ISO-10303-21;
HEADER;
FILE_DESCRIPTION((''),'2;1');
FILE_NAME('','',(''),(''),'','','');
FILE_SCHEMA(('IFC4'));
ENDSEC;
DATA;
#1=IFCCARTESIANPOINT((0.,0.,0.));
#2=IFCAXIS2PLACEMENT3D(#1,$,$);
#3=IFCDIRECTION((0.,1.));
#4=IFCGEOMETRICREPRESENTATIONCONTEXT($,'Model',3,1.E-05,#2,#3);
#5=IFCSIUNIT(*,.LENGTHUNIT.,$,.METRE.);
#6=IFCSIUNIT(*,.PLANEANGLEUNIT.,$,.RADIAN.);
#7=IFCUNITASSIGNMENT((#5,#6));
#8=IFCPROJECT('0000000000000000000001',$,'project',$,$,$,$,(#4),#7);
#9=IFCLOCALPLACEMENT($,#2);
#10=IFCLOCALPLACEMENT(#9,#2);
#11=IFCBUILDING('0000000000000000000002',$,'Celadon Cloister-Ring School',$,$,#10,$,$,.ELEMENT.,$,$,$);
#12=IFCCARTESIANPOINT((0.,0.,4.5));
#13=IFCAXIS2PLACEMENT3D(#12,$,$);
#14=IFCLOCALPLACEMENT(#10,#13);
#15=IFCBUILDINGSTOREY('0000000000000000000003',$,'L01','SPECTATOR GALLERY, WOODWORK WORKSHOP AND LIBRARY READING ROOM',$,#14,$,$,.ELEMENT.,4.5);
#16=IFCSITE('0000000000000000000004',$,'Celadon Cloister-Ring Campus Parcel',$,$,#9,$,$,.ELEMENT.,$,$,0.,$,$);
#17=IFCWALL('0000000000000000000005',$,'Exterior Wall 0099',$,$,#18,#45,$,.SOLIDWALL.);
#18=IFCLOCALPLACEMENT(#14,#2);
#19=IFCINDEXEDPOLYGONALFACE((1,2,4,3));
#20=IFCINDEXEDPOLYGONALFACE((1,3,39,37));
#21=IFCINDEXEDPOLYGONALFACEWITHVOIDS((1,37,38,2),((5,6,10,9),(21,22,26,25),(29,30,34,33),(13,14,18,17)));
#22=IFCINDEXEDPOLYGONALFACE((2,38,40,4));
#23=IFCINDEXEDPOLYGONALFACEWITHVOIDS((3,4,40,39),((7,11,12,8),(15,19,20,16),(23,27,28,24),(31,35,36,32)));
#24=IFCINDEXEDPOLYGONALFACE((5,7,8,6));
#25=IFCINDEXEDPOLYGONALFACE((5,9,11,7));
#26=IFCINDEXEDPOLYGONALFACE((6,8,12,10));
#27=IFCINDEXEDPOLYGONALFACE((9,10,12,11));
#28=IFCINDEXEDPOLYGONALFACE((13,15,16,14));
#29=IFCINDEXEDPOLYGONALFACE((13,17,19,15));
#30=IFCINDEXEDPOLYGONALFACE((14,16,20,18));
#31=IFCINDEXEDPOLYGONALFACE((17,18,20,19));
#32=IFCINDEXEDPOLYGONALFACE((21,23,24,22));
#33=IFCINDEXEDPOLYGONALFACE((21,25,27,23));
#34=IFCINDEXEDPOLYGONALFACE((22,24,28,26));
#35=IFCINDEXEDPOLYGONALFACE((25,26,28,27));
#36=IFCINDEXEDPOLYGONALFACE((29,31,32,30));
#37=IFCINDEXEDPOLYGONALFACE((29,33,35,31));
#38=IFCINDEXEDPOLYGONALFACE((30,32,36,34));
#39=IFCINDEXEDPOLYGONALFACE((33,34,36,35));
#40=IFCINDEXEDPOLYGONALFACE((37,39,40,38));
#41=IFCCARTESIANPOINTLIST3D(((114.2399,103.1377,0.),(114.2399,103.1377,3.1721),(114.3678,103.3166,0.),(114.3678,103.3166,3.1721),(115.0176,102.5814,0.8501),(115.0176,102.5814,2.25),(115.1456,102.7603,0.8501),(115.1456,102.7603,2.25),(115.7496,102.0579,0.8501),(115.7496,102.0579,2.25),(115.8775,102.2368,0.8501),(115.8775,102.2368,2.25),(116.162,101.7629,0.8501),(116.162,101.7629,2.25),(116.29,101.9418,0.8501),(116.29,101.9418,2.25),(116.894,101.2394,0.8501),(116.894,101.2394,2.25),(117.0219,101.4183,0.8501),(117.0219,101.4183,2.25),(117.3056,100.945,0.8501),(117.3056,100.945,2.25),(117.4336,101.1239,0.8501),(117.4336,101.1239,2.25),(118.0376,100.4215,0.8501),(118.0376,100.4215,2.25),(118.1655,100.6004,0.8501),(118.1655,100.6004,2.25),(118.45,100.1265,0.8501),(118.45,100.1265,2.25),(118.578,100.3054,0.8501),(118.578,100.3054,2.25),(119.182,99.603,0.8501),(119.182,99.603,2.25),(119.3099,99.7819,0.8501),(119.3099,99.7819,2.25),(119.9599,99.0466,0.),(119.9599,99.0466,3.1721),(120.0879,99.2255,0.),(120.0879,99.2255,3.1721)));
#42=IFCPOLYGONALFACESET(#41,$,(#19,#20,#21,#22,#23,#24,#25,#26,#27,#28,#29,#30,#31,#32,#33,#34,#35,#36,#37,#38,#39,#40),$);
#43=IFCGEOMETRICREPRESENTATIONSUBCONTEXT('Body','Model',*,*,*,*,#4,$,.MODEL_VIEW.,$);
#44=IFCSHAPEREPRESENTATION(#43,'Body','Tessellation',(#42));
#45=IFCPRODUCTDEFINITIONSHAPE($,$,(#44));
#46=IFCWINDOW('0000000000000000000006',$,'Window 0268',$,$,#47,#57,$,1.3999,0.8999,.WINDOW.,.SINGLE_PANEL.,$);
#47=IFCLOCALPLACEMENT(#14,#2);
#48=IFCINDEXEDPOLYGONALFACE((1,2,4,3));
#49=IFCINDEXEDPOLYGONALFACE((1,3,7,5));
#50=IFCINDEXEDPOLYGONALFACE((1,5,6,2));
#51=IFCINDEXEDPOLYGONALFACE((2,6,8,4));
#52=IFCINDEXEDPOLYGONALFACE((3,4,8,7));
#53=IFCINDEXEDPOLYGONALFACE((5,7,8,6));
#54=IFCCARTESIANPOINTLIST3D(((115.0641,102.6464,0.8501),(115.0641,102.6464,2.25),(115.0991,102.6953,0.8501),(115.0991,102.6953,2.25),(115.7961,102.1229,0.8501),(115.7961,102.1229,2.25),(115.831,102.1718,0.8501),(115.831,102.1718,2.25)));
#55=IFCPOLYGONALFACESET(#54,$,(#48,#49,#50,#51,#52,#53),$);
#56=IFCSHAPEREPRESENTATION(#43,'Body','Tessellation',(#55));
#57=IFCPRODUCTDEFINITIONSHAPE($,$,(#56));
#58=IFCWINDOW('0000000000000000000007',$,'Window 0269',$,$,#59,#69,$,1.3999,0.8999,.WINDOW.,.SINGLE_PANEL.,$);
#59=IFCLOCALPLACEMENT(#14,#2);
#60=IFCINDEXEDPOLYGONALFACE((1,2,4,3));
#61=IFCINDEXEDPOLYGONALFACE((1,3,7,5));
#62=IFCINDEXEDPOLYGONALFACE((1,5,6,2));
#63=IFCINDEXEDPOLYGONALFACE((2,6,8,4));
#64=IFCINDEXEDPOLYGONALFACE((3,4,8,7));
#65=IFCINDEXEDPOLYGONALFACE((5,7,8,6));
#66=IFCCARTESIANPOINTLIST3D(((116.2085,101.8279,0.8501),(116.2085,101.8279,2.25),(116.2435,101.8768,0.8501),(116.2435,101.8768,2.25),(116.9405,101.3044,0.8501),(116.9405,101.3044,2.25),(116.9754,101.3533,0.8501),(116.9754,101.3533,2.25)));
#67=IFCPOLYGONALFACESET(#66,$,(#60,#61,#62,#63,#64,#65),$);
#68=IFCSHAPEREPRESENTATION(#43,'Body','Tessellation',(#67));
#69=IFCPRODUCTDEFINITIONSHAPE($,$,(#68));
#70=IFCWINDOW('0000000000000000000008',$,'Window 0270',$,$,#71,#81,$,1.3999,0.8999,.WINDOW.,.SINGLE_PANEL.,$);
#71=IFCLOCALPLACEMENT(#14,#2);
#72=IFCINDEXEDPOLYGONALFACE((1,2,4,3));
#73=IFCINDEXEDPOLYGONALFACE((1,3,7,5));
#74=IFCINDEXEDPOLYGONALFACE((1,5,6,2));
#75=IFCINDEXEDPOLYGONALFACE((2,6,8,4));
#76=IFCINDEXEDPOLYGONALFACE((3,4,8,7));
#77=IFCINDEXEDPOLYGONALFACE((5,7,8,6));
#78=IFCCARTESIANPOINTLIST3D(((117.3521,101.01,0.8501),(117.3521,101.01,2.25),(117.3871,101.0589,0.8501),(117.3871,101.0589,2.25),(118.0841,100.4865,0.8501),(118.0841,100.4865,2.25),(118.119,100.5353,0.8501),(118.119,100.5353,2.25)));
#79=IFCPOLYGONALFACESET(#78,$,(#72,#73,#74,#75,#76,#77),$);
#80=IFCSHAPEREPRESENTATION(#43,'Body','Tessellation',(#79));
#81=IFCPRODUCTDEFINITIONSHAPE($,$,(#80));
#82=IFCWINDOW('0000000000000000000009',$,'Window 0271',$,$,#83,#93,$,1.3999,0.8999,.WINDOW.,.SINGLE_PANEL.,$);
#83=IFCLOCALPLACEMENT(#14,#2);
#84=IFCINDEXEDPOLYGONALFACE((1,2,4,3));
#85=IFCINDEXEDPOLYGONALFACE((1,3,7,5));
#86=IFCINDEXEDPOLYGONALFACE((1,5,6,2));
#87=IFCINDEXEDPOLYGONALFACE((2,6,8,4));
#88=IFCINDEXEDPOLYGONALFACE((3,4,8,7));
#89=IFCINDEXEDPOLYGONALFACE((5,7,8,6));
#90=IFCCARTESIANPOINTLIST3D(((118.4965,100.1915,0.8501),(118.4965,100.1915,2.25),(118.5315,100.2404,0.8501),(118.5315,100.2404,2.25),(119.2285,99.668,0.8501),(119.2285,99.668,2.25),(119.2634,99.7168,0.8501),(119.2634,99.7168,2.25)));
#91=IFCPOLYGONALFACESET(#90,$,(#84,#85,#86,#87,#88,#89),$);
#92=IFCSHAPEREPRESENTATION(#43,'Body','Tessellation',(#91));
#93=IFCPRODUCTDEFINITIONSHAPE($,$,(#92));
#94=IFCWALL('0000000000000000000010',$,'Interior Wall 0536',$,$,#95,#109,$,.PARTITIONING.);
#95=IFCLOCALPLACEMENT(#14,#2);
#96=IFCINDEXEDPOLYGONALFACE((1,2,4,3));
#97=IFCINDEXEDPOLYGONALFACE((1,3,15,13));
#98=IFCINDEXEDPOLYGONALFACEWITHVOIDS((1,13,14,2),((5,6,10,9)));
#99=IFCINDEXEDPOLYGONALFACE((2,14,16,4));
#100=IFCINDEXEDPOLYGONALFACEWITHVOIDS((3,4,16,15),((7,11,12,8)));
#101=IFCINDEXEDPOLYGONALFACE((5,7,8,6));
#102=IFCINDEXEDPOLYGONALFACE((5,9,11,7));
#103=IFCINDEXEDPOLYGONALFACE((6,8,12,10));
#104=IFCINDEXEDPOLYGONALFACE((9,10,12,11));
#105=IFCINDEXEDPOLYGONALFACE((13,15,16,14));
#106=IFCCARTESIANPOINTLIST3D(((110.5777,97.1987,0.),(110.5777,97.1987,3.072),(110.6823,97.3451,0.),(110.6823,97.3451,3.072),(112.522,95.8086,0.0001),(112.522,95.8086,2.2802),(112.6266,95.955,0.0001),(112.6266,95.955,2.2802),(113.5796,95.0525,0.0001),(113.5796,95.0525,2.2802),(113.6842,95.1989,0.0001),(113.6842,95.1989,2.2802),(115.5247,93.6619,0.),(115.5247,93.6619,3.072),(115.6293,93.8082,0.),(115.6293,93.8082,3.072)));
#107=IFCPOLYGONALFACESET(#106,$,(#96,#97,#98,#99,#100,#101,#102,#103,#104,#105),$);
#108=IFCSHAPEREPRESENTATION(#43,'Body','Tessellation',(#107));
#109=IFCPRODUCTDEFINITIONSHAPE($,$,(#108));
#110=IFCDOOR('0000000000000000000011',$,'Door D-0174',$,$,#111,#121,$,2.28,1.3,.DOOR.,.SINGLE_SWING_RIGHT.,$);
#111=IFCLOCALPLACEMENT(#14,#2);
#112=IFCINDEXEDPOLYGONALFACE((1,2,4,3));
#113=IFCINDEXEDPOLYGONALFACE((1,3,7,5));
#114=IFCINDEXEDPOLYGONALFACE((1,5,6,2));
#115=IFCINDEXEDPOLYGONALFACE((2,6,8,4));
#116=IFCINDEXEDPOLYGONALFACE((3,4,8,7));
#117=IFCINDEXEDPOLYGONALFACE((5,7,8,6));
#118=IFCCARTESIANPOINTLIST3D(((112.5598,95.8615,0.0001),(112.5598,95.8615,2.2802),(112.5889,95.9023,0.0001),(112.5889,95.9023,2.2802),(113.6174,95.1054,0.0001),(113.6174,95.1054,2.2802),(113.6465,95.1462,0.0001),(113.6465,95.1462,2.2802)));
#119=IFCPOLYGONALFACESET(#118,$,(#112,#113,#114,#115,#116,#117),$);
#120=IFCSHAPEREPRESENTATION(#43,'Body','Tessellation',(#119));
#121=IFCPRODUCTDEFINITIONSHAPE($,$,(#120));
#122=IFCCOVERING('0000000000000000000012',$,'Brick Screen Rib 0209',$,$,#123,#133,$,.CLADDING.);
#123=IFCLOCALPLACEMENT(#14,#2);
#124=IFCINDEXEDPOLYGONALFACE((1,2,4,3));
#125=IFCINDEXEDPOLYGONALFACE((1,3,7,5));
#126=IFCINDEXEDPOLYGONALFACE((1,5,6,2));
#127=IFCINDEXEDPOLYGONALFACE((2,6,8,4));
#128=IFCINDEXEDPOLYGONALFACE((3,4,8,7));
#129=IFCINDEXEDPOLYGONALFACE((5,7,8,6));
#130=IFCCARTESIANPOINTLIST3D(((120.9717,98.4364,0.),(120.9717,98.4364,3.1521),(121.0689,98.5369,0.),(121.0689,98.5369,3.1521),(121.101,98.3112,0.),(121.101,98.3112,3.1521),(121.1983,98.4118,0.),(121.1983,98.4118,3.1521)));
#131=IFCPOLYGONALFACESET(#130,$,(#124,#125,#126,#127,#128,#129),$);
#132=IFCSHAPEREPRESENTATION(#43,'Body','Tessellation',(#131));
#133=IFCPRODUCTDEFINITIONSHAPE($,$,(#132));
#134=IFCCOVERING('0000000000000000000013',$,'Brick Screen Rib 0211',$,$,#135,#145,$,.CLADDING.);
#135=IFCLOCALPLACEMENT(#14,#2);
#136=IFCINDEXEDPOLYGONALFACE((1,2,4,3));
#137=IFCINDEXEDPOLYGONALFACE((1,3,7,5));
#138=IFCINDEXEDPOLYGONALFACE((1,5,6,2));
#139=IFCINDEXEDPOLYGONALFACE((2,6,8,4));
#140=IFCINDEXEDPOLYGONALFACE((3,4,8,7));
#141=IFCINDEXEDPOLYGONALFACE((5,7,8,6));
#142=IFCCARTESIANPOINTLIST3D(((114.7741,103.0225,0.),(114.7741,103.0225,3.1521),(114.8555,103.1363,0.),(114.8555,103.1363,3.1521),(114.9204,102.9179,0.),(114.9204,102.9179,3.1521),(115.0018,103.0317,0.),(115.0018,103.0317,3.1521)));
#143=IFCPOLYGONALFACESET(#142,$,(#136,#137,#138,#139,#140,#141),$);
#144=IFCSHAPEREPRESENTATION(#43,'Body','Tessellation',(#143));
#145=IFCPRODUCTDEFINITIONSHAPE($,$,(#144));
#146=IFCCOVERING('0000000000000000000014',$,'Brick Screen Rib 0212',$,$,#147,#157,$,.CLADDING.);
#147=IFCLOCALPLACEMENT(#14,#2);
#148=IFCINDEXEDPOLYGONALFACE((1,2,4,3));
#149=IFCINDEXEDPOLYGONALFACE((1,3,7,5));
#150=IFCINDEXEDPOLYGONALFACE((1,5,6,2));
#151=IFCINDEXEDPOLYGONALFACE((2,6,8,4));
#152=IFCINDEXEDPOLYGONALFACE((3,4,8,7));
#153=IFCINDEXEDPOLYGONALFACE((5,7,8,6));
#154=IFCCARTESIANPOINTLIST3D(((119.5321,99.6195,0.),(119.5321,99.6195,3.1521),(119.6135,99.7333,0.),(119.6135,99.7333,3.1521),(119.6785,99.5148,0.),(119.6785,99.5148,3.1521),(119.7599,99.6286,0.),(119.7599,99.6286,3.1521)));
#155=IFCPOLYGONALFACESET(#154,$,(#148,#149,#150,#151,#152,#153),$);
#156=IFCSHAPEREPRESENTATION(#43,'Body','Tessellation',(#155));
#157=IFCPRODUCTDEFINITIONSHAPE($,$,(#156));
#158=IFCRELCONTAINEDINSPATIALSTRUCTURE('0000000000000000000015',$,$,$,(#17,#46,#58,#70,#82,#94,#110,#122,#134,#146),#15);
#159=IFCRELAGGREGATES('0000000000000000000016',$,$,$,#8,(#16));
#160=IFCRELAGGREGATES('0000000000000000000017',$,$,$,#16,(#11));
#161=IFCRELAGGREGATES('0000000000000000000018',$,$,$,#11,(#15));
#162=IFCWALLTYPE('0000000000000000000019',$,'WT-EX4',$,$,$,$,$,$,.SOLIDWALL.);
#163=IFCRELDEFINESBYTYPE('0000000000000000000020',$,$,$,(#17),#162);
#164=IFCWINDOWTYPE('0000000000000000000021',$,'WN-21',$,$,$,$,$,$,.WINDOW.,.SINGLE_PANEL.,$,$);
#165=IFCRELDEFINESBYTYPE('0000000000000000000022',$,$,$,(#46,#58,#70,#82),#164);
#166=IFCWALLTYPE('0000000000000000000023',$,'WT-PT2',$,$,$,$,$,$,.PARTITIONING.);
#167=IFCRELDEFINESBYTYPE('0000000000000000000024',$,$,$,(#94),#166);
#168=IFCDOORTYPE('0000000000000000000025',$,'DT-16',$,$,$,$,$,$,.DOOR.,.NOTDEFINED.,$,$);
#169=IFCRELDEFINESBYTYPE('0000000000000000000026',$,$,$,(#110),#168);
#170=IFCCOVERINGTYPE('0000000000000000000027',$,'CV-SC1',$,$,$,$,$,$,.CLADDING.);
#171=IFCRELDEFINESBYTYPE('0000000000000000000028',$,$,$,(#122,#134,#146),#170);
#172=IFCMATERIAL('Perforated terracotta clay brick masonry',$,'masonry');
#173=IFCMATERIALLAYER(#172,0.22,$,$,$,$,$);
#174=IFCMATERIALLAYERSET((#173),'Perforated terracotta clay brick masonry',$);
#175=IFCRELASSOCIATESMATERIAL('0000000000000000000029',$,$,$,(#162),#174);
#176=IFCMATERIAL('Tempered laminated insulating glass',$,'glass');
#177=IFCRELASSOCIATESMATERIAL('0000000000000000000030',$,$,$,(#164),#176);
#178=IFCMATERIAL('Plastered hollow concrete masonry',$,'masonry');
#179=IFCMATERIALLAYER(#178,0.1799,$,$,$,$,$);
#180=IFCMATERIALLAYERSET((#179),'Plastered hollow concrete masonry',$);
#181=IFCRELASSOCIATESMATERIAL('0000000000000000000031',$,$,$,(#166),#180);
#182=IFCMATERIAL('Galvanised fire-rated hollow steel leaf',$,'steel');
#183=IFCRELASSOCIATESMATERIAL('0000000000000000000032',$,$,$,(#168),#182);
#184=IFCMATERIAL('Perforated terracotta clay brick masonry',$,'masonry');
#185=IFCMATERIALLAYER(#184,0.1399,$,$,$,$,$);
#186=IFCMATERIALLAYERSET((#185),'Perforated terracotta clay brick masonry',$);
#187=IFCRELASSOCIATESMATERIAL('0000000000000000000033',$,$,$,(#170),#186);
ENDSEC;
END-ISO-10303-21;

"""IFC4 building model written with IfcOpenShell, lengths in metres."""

from ifc_helpers import new_model, si_unit, direction, frame, frame_2d, origin, origin_2d, place, context, subcontext, project, spatial, rectangle, extrude, material, layer, layer_set, type_object, element, fill, save


model = new_model("IFC4")

# Units and contexts
model_context = context("Model", 3, precision=1e-05, world=origin(), true_north=direction((0.0, 1.0)))
body_context = subcontext(model_context, "Body", "Model", "MODEL_VIEW")
ifc_project = project(units=[si_unit("LENGTHUNIT", "METRE"), si_unit("PLANEANGLEUNIT", "RADIAN")], contexts=[model_context])

# Site, building, storey
site_placement = place(None, origin())
site = spatial("IfcSite", under=ifc_project, at=site_placement, Name="Celadon Cloister-Ring Campus Parcel", CompositionType="ELEMENT", RefElevation=0.0)
building_placement = place(site_placement, origin())
building = spatial("IfcBuilding", under=site, at=building_placement, Name="Celadon Cloister-Ring School", CompositionType="ELEMENT")
storey_placement = place(building_placement, frame((0.0, 0.0, 4.5)))
storey = spatial("IfcBuildingStorey", under=building, at=storey_placement, Name="L01", Description="SPECTATOR GALLERY, WOODWORK WORKSHOP AND LIBRARY READING ROOM", CompositionType="ELEMENT", Elevation=4.5)

# Wall, openings, windows
ifc_material_1 = material(Name="Perforated terracotta clay brick masonry", Category="masonry")
ifc_layer_1 = layer(ifc_material_1, 0.22)
ifc_layer_set_1 = layer_set([ifc_layer_1], Name="Perforated terracotta clay brick masonry")
wall_type_1 = type_object("IfcWallType", Name="WT-EX4", PredefinedType="SOLIDWALL", material=ifc_layer_set_1)
ifc_material_2 = material(Name="Tempered laminated insulating glass", Category="glass")
window_type = type_object("IfcWindowType", Name="WN-21", PartitioningType="SINGLE_PANEL", PredefinedType="WINDOW", material=ifc_material_2)
wall_1_placement = place(storey_placement, frame((114.304, 103.2271, 0.0), z_axis=(0.0, 0.0, 1.0), x_axis=(0.813372, -0.581744, 0.0)))
wall_1 = element("IfcWall", 1, at=wall_1_placement, inside=storey, type_object=wall_type_1, Name="Exterior Wall 0099", PredefinedType="SOLIDWALL", context=body_context, shape_type="SweptSolid", body=[
    extrude(rectangle(XDim=7.0325, YDim=0.22, at=frame_2d((3.5161, 0.0))), origin(), (0.0, 0.0, 1.0), 3.1721),
])
opening_1_placement = place(wall_1_placement, frame((0.9561, 0.0, 0.8501)))
opening_1 = element("IfcOpeningElement", 2, at=opening_1_placement, cuts=wall_1, PredefinedType="OPENING", context=body_context, shape_type="SweptSolid", body=[
    extrude(rectangle(XDim=0.8999, YDim=1.3999, at=frame_2d((0.45, 0.7))), frame((0.0, 0.1201, 0.0), z_axis=(0.0, -1.0, 0.0), x_axis=(1.0, 0.0, 0.0)), (0.0, 0.0, 1.0), 0.24),
])
opening_2_placement = place(wall_1_placement, frame((2.363, 0.0, 0.8501)))
opening_2 = element("IfcOpeningElement", 3, at=opening_2_placement, cuts=wall_1, PredefinedType="OPENING", context=body_context, shape_type="SweptSolid", body=[
    extrude(rectangle(XDim=0.8999, YDim=1.3999, at=frame_2d((0.45, 0.7))), frame((0.0, 0.1201, 0.0), z_axis=(0.0, -1.0, 0.0), x_axis=(1.0, 0.0, 0.0)), (0.0, 0.0, 1.0), 0.24),
])
opening_3_placement = place(wall_1_placement, frame((3.769, 0.0, 0.8501)))
opening_3 = element("IfcOpeningElement", 4, at=opening_3_placement, cuts=wall_1, PredefinedType="OPENING", context=body_context, shape_type="SweptSolid", body=[
    extrude(rectangle(XDim=0.8999, YDim=1.3999, at=frame_2d((0.45, 0.7))), frame((0.0, 0.1201, 0.0), z_axis=(0.0, -1.0, 0.0), x_axis=(1.0, 0.0, 0.0)), (0.0, 0.0, 1.0), 0.24),
])
opening_4_placement = place(wall_1_placement, frame((5.176, 0.0, 0.8501)))
opening_4 = element("IfcOpeningElement", 5, at=opening_4_placement, cuts=wall_1, PredefinedType="OPENING", context=body_context, shape_type="SweptSolid", body=[
    extrude(rectangle(XDim=0.8999, YDim=1.3999, at=frame_2d((0.45, 0.7))), frame((0.0, 0.1201, 0.0), z_axis=(0.0, -1.0, 0.0), x_axis=(1.0, 0.0, 0.0)), (0.0, 0.0, 1.0), 0.24),
])
window_1_placement = place(opening_1_placement, origin())
window_1 = element("IfcWindow", 6, at=window_1_placement, inside=storey, type_object=window_type, Name="Window 0268", OverallHeight=1.3999, OverallWidth=0.8999, PartitioningType="SINGLE_PANEL", PredefinedType="WINDOW", context=body_context, shape_type="SweptSolid", body=[
    extrude(rectangle(XDim=0.8999, YDim=1.3999, at=frame_2d((0.45, 0.7))), frame((0.0, 0.03, 0.0), z_axis=(0.0, -1.0, 0.0), x_axis=(1.0, 0.0, 0.0)), (0.0, 0.0, 1.0), 0.0601),
])
fill(opening_1, window_1)
window_2_placement = place(opening_2_placement, origin())
window_2 = element("IfcWindow", 7, at=window_2_placement, inside=storey, type_object=window_type, Name="Window 0269", OverallHeight=1.3999, OverallWidth=0.8999, PartitioningType="SINGLE_PANEL", PredefinedType="WINDOW", context=body_context, shape_type="SweptSolid", body=[
    extrude(rectangle(XDim=0.8999, YDim=1.3999, at=frame_2d((0.45, 0.7))), frame((0.0, 0.03, 0.0), z_axis=(0.0, -1.0, 0.0), x_axis=(1.0, 0.0, 0.0)), (0.0, 0.0, 1.0), 0.0601),
])
fill(opening_2, window_2)
window_3_placement = place(opening_3_placement, origin())
window_3 = element("IfcWindow", 8, at=window_3_placement, inside=storey, type_object=window_type, Name="Window 0270", OverallHeight=1.3999, OverallWidth=0.8999, PartitioningType="SINGLE_PANEL", PredefinedType="WINDOW", context=body_context, shape_type="SweptSolid", body=[
    extrude(rectangle(XDim=0.8999, YDim=1.3999, at=frame_2d((0.45, 0.7))), frame((0.0, 0.03, 0.0), z_axis=(0.0, -1.0, 0.0), x_axis=(1.0, 0.0, 0.0)), (0.0, 0.0, 1.0), 0.0601),
])
fill(opening_3, window_3)
window_4_placement = place(opening_4_placement, origin())
window_4 = element("IfcWindow", 9, at=window_4_placement, inside=storey, type_object=window_type, Name="Window 0271", OverallHeight=1.3999, OverallWidth=0.8999, PartitioningType="SINGLE_PANEL", PredefinedType="WINDOW", context=body_context, shape_type="SweptSolid", body=[
    extrude(rectangle(XDim=0.8999, YDim=1.3999, at=frame_2d((0.45, 0.7))), frame((0.0, 0.03, 0.0), z_axis=(0.0, -1.0, 0.0), x_axis=(1.0, 0.0, 0.0)), (0.0, 0.0, 1.0), 0.0601),
])
fill(opening_4, window_4)

# Wall, opening, door
ifc_material_3 = material(Name="Plastered hollow concrete masonry", Category="masonry")
ifc_layer_2 = layer(ifc_material_3, 0.1799)
ifc_layer_set_2 = layer_set([ifc_layer_2], Name="Plastered hollow concrete masonry")
wall_type_2 = type_object("IfcWallType", Name="WT-PT2", PredefinedType="PARTITIONING", material=ifc_layer_set_2)
wall_2_placement = place(storey_placement, frame((115.5769, 93.7351, 0.0), z_axis=(0.0, 0.0, 1.0), x_axis=(-0.813478, 0.581595, 0.0)))
wall_2 = element("IfcWall", 10, at=wall_2_placement, inside=storey, type_object=wall_type_2, Name="Interior Wall 0536", PredefinedType="PARTITIONING", context=body_context, shape_type="SweptSolid", body=[
    extrude(rectangle(XDim=6.0813, YDim=0.1799, at=frame_2d((3.0405, 0.0))), origin(), (0.0, 0.0, 1.0), 3.072),
])
opening_5_placement = place(wall_2_placement, frame((2.3911, 0.0, 0.0)))
opening_5 = element("IfcOpeningElement", 11, at=opening_5_placement, cuts=wall_2, PredefinedType="OPENING", context=body_context, shape_type="SweptSolid", body=[
    extrude(rectangle(XDim=1.3, YDim=2.28, at=frame_2d((0.6499, 1.1401))), frame((0.0, 0.1001, 0.0), z_axis=(0.0, -1.0, 0.0), x_axis=(1.0, 0.0, 0.0)), (0.0, 0.0, 1.0), 0.2),
])
ifc_material_4 = material(Name="Galvanised fire-rated hollow steel leaf", Category="steel")
door_type = type_object("IfcDoorType", Name="DT-16", OperationType="NOTDEFINED", PredefinedType="DOOR", material=ifc_material_4)
door_placement = place(opening_5_placement, origin())
door = element("IfcDoor", 12, at=door_placement, inside=storey, type_object=door_type, Name="Door D-0174", OperationType="SINGLE_SWING_RIGHT", OverallHeight=2.28, OverallWidth=1.3, PredefinedType="DOOR", context=body_context, shape_type="SweptSolid", body=[
    extrude(rectangle(XDim=1.3, YDim=2.28, at=frame_2d((0.6499, 1.1401))), frame((0.0, 0.0249, 0.0), z_axis=(0.0, -1.0, 0.0), x_axis=(1.0, 0.0, 0.0)), (0.0, 0.0, 1.0), 0.05),
])
fill(opening_5, door)

# Coverings
ifc_material_5 = material(Name="Perforated terracotta clay brick masonry", Category="masonry")
ifc_layer_3 = layer(ifc_material_5, 0.1399)
ifc_layer_set_3 = layer_set([ifc_layer_3], Name="Perforated terracotta clay brick masonry")
covering_type = type_object("IfcCoveringType", Name="CV-SC1", PredefinedType="CLADDING", material=ifc_layer_set_3)
for number, where, z_axis, x_axis, name in (
    (13, (121.085, 98.4241, 0.0), (0.0, 0.0, 1.0), (0.718673, -0.695349, 0.0), "Brick Screen Rib 0209"),
    (14, (114.8879, 103.0271, 0.0), (0.0, 0.0, 1.0), (0.813375, -0.58174, 0.0), "Brick Screen Rib 0211"),
    (15, (119.646, 99.624, 0.0), (0.0, 0.0, 1.0), (0.813375, -0.58174, 0.0), "Brick Screen Rib 0212"),
):
    element("IfcCovering", number, at=place(storey_placement, frame(where, z_axis=z_axis, x_axis=x_axis)), inside=storey, type_object=covering_type, Name=name, PredefinedType="CLADDING", context=body_context, shape_type="SweptSolid", body=[
        extrude(rectangle(XDim=0.1799, YDim=0.1399, at=origin_2d()), origin(), (0.0, 0.0, 1.0), 3.1521),
    ])

save(model, "model.ifc")
